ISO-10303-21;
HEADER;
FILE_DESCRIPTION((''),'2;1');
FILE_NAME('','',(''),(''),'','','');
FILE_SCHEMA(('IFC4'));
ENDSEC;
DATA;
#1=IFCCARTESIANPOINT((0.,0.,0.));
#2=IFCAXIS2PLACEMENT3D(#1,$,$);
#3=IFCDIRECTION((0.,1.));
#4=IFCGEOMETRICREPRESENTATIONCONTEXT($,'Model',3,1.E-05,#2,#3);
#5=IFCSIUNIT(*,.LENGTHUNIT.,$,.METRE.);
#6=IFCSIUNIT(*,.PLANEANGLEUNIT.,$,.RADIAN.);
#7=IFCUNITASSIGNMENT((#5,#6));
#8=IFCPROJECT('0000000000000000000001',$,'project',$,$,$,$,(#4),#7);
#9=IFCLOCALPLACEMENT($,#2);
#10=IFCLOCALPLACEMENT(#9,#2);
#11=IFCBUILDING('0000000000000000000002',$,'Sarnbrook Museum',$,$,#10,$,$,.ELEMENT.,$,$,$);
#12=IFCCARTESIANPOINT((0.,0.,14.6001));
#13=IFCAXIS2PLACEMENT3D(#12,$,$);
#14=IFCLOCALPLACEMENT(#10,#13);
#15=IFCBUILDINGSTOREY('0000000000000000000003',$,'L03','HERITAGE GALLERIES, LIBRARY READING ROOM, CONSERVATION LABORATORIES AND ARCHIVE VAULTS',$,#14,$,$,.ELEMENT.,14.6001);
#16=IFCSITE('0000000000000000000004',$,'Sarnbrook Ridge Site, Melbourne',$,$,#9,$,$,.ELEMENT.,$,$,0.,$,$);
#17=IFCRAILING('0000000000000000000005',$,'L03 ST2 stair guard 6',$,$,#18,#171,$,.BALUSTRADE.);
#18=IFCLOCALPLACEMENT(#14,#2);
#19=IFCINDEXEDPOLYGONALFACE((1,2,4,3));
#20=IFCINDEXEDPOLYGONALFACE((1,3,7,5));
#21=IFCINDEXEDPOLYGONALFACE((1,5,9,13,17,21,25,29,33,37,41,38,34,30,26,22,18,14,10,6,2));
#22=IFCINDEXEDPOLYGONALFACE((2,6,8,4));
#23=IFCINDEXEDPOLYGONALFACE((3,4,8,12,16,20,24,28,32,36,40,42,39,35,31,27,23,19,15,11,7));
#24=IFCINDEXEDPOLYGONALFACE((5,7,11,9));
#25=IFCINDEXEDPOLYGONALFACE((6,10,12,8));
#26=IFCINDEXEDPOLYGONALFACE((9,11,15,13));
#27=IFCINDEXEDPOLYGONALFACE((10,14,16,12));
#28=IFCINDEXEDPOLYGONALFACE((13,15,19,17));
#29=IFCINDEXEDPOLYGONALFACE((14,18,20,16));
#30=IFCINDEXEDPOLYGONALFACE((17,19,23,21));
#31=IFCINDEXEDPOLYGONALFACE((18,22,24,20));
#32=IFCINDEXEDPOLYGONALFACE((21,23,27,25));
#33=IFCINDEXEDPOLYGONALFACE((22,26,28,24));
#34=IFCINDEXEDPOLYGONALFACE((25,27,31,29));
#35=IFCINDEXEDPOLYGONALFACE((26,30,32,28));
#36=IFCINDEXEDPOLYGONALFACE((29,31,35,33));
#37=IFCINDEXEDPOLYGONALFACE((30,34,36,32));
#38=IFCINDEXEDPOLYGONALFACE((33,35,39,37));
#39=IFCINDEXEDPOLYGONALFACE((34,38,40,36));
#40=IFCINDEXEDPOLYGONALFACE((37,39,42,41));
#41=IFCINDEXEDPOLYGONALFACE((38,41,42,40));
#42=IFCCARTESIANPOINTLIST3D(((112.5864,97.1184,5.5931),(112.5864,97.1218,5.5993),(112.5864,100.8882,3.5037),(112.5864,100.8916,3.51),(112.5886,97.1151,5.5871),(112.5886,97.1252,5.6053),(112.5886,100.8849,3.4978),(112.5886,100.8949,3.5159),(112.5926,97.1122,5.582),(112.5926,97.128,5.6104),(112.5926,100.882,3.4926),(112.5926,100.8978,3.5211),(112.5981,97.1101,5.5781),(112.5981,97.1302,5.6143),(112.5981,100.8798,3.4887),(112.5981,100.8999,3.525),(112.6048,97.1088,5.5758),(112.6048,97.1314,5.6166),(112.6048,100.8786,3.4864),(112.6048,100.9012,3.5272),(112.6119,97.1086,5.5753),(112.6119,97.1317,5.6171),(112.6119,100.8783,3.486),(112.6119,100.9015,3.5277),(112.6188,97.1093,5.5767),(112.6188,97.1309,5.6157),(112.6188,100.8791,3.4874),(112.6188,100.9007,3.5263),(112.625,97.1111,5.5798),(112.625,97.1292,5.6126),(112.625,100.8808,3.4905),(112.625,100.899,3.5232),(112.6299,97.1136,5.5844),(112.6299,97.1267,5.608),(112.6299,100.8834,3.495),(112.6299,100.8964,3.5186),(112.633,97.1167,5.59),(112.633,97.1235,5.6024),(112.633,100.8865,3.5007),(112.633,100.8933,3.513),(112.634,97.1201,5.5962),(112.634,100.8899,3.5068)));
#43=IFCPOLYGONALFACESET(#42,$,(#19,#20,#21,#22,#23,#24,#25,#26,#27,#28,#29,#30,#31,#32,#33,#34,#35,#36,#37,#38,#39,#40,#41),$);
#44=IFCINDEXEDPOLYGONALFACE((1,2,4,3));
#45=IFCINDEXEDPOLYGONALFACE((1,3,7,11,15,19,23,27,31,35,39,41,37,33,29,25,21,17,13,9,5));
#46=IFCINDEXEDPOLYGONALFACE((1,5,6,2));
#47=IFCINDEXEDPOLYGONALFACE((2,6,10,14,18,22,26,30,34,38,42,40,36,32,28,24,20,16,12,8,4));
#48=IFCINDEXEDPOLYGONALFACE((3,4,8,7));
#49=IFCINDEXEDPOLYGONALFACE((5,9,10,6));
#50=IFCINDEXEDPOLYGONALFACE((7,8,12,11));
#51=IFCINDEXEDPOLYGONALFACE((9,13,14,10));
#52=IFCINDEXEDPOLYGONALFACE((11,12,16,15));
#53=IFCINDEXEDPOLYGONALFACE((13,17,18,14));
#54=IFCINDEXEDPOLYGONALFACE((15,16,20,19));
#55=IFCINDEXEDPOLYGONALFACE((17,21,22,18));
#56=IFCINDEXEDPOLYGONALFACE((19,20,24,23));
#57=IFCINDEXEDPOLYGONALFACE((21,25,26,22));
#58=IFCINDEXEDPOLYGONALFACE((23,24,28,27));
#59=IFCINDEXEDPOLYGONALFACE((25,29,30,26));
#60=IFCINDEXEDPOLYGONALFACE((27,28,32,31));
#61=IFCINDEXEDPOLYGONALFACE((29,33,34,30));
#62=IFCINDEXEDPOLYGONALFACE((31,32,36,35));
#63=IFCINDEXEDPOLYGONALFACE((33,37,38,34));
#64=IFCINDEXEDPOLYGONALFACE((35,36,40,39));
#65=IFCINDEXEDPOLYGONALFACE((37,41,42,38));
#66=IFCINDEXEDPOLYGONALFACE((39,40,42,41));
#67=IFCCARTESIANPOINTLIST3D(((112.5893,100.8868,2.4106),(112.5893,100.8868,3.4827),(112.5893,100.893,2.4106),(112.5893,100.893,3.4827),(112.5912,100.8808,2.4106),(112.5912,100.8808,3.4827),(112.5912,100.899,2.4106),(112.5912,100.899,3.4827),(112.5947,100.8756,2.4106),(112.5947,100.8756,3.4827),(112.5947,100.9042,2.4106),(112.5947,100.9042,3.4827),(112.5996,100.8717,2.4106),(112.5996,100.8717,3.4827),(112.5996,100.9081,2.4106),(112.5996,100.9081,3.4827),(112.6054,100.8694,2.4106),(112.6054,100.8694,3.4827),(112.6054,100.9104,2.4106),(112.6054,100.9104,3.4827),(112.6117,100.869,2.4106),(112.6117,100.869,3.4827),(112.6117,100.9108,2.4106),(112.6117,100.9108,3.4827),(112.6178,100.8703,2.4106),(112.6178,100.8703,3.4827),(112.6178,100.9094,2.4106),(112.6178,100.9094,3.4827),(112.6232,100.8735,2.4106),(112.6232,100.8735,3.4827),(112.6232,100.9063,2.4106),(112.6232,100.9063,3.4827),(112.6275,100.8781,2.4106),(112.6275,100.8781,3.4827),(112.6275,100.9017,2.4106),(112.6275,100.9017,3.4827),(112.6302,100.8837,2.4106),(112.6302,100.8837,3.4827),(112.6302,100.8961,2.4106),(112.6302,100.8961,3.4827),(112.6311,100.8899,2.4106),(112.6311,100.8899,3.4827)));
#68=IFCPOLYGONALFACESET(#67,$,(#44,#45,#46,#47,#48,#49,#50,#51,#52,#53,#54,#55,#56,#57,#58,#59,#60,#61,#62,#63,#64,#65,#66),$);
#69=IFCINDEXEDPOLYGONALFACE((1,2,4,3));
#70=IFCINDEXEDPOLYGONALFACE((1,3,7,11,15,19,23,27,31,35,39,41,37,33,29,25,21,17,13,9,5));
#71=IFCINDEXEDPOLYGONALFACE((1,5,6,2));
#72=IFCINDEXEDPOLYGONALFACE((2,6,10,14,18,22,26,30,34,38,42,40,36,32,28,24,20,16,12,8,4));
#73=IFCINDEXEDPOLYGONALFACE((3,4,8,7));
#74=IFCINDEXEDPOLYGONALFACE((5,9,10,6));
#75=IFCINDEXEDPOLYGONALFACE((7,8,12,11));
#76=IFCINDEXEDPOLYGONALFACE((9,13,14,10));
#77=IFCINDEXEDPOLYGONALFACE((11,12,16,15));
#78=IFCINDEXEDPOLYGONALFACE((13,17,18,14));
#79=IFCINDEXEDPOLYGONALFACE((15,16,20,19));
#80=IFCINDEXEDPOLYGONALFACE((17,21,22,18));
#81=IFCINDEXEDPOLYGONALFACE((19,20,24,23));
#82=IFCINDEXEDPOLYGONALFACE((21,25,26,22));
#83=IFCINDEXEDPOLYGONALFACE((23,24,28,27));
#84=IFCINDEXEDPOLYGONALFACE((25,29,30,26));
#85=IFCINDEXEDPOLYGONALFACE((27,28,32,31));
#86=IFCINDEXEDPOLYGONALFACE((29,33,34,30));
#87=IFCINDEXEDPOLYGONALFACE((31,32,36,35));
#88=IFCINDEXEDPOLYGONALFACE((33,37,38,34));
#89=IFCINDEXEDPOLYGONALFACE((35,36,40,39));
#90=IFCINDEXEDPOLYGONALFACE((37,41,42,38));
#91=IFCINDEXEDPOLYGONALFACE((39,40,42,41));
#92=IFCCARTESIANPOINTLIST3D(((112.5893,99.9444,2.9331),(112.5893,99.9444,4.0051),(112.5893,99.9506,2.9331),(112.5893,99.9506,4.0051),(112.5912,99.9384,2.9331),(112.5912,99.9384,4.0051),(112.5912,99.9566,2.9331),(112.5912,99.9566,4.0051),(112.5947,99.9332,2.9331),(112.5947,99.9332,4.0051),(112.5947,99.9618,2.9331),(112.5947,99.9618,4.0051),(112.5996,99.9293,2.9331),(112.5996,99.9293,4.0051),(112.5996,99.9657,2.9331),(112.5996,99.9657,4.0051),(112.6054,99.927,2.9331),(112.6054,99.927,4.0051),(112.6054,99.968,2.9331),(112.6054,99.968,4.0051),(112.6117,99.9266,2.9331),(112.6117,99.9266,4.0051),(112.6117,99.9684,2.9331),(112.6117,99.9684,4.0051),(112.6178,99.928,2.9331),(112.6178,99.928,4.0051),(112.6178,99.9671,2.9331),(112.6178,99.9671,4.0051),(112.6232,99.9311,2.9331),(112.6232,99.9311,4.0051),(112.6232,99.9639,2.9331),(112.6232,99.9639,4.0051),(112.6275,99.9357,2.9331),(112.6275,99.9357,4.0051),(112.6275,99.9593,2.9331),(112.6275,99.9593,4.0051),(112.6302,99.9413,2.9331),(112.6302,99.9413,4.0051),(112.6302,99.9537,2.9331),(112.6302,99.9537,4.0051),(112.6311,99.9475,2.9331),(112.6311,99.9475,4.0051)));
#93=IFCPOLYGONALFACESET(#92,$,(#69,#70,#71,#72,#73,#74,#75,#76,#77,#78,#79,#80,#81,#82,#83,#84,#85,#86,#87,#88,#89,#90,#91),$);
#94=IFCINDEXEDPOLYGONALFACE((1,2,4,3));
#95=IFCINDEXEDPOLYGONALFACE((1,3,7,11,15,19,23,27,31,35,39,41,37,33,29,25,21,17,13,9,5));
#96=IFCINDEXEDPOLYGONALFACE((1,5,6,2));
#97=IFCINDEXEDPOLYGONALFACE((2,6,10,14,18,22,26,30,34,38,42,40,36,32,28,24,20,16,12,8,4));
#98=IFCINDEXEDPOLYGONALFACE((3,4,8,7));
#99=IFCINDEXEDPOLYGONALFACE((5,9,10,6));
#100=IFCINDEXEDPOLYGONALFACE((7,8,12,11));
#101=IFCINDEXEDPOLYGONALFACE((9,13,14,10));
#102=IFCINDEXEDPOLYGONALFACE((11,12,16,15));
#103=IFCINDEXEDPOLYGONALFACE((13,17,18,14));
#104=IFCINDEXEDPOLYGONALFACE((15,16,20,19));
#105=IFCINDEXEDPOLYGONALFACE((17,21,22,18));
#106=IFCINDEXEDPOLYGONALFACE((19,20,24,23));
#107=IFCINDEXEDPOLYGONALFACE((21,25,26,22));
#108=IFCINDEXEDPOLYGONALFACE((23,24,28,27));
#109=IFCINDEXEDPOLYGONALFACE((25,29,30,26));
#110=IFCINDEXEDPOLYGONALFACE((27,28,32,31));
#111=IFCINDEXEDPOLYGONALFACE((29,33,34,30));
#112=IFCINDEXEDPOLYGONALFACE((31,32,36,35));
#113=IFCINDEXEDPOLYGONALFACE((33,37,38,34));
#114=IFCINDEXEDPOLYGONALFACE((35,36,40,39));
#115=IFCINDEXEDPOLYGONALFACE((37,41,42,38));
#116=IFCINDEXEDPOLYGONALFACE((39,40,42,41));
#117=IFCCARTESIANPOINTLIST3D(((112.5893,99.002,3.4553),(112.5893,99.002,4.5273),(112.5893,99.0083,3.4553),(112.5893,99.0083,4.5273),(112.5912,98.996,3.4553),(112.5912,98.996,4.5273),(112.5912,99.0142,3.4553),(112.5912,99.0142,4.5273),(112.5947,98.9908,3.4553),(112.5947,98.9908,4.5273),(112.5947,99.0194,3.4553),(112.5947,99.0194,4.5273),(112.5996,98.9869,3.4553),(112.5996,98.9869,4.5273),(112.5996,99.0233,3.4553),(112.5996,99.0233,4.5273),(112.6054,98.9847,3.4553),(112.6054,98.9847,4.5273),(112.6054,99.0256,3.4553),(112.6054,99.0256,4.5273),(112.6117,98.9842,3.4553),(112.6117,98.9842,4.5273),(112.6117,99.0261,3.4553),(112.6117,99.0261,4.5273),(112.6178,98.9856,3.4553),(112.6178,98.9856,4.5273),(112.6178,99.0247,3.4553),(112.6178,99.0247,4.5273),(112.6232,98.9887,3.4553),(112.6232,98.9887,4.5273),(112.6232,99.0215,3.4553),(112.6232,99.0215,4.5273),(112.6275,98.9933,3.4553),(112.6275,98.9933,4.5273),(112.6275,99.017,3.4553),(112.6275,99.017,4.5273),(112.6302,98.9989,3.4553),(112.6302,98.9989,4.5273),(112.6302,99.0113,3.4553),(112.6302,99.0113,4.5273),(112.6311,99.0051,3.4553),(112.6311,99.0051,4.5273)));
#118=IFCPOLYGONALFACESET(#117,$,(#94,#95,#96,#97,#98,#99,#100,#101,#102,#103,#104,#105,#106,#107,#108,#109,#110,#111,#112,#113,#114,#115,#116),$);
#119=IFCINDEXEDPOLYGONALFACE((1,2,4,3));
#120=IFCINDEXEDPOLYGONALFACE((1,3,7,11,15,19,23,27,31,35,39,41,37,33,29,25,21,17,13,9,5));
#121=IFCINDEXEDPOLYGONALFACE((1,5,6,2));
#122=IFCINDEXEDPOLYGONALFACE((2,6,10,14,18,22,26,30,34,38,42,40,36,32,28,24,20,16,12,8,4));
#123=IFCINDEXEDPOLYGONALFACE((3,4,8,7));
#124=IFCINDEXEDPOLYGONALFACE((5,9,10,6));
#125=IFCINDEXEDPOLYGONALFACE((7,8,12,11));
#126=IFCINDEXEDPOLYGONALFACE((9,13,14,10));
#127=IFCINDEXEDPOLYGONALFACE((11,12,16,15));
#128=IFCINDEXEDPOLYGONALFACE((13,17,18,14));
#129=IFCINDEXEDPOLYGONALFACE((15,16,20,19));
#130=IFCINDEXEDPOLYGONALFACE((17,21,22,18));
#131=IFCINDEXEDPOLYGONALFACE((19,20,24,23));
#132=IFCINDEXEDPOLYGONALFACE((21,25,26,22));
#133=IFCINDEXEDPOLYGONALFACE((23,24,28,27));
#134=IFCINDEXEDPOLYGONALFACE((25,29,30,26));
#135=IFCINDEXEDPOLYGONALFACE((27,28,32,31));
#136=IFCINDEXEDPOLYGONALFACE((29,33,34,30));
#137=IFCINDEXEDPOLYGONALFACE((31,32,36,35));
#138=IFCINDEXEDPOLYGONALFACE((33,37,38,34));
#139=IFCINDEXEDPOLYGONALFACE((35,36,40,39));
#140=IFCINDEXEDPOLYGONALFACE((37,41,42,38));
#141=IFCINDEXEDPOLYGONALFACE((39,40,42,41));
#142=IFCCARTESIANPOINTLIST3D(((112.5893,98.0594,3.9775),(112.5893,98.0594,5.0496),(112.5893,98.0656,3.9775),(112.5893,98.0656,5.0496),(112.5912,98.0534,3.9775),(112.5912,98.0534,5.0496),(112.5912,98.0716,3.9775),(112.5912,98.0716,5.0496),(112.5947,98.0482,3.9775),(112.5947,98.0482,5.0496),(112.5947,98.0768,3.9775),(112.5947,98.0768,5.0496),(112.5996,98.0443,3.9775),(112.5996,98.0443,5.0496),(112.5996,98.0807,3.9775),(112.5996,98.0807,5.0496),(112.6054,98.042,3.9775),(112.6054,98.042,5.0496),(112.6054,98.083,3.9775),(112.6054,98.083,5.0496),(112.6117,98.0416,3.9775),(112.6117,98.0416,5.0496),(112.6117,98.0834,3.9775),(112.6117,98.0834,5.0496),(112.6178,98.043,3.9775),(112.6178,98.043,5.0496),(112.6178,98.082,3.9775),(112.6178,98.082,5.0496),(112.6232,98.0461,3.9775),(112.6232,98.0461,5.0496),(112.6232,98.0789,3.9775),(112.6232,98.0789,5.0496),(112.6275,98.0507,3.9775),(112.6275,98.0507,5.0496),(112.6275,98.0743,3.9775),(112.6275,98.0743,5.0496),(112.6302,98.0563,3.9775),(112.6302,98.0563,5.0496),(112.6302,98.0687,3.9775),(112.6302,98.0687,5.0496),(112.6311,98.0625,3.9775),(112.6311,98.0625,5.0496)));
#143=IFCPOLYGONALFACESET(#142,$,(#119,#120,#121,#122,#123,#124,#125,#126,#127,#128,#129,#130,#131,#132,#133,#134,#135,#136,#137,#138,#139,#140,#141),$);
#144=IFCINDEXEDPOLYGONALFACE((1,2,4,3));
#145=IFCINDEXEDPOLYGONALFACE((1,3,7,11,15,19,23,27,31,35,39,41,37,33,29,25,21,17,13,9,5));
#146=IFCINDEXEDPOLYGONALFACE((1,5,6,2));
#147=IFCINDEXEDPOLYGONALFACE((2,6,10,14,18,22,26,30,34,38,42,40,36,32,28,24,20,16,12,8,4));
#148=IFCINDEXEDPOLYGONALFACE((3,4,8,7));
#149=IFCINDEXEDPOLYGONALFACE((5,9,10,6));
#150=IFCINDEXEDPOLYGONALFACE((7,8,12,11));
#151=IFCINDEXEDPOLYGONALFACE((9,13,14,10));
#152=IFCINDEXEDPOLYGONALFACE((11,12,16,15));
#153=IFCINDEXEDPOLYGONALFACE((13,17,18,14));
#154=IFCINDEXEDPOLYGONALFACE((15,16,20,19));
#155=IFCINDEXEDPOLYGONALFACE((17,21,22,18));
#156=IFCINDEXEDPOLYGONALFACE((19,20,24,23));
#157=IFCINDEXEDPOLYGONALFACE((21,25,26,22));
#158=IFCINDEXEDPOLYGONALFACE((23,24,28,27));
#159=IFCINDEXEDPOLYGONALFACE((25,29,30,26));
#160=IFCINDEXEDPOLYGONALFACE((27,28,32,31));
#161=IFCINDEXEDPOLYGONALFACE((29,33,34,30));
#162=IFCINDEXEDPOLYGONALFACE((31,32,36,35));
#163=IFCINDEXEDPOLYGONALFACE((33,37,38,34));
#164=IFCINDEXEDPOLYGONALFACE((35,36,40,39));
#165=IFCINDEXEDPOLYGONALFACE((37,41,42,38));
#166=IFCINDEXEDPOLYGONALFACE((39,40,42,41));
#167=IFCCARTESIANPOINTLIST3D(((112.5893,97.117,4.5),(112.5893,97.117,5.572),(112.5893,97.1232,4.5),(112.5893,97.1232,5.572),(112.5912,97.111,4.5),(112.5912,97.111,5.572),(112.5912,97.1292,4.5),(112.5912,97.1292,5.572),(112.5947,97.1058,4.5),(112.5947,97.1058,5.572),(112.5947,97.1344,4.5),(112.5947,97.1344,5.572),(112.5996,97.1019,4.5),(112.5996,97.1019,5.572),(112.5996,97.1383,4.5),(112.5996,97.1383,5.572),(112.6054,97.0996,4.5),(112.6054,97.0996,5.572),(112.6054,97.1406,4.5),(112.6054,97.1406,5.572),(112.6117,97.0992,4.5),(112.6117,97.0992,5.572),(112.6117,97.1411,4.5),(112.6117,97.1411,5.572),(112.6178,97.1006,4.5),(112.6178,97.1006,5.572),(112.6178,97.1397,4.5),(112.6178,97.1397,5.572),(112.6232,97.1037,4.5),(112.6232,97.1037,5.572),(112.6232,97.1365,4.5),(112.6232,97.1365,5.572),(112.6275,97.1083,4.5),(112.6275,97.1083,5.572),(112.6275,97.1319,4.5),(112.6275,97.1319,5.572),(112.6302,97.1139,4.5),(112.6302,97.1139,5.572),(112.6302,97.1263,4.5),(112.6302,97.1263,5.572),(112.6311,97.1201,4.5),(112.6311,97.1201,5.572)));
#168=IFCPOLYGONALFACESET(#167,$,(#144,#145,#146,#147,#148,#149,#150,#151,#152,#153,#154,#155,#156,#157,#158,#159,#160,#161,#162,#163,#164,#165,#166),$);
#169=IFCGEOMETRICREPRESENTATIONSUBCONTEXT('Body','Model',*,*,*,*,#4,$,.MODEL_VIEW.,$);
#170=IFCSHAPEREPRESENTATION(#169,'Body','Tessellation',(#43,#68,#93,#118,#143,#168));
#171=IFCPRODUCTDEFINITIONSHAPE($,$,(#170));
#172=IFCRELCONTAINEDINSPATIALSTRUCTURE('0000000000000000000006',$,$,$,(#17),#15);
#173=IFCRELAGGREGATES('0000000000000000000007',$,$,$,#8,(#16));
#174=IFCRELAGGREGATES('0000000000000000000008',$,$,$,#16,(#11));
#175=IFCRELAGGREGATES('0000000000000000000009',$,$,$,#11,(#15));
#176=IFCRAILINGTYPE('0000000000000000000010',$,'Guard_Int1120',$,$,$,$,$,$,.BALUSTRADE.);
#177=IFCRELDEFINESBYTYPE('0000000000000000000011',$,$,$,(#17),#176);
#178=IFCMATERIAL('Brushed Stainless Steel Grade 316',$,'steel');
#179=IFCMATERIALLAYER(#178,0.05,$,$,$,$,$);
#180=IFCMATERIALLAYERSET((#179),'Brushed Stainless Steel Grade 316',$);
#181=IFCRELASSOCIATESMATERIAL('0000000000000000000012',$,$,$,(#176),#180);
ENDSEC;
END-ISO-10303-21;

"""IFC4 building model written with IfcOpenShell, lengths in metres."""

from ifc_helpers import new_model, si_unit, direction, frame, origin, origin_2d, place, context, subcontext, project, spatial, circle, extrude, material, layer, layer_set, type_object, element, save


model = new_model("IFC4")

# Units and contexts
model_context = context("Model", 3, precision=1e-05, world=origin(), true_north=direction((0.0, 1.0)))
body_context = subcontext(model_context, "Body", "Model", "MODEL_VIEW")
ifc_project = project(units=[si_unit("LENGTHUNIT", "METRE"), si_unit("PLANEANGLEUNIT", "RADIAN")], contexts=[model_context])

# Site, building, storey
site_placement = place(None, origin())
site = spatial("IfcSite", under=ifc_project, at=site_placement, Name="Sarnbrook Ridge Site, Melbourne", CompositionType="ELEMENT", RefElevation=0.0)
building_placement = place(site_placement, origin())
building = spatial("IfcBuilding", under=site, at=building_placement, Name="Sarnbrook Museum", CompositionType="ELEMENT")
storey_placement = place(building_placement, frame((0.0, 0.0, 14.6001)))
storey = spatial("IfcBuildingStorey", under=building, at=storey_placement, Name="L03", Description="HERITAGE GALLERIES, LIBRARY READING ROOM, CONSERVATION LABORATORIES AND ARCHIVE VAULTS", CompositionType="ELEMENT", Elevation=14.6001)

# Shared definitions
ifc_material_1 = material(Name="Brushed Stainless Steel Grade 316", Category="steel")

# Railing
ifc_layer_1 = layer(ifc_material_1, 0.05)
ifc_layer_set_1 = layer_set([ifc_layer_1], Name="Brushed Stainless Steel Grade 316")
railing_type = type_object("IfcRailingType", Name="Guard_Int1120", PredefinedType="BALUSTRADE", material=ifc_layer_set_1)
railing_1_placement = place(storey_placement, frame((112.6101, 100.8899, 2.4106)))
element("IfcRailing", 1, at=railing_1_placement, inside=storey, type_object=railing_type, Name="L03 ST2 stair guard 6", PredefinedType="BALUSTRADE", context=body_context, shape_type="SweptSolid", body=[
    extrude(circle(Radius=0.0239, at=origin_2d()), frame((0.0, 0.0, 1.0962), z_axis=(0.0, -0.874646, 0.484763), x_axis=(1.0, 0.0, 0.0)), (0.0, 0.0, 1.0), 4.3101),
    extrude(circle(Radius=0.021, at=origin_2d()), origin(), (0.0, 0.0, 1.0), 1.072),
    extrude(circle(Radius=0.021, at=origin_2d()), frame((0.0, -0.9424, 0.5225)), (0.0, 0.0, 1.0), 1.072),
    extrude(circle(Radius=0.021, at=origin_2d()), frame((0.0, -1.8848, 1.0447)), (0.0, 0.0, 1.0), 1.072),
    extrude(circle(Radius=0.021, at=origin_2d()), frame((0.0, -2.8274, 1.5669)), (0.0, 0.0, 1.0), 1.072),
    extrude(circle(Radius=0.021, at=origin_2d()), frame((0.0, -3.7698, 2.0894)), (0.0, 0.0, 1.0), 1.072),
])

save(model, "model.ifc")
